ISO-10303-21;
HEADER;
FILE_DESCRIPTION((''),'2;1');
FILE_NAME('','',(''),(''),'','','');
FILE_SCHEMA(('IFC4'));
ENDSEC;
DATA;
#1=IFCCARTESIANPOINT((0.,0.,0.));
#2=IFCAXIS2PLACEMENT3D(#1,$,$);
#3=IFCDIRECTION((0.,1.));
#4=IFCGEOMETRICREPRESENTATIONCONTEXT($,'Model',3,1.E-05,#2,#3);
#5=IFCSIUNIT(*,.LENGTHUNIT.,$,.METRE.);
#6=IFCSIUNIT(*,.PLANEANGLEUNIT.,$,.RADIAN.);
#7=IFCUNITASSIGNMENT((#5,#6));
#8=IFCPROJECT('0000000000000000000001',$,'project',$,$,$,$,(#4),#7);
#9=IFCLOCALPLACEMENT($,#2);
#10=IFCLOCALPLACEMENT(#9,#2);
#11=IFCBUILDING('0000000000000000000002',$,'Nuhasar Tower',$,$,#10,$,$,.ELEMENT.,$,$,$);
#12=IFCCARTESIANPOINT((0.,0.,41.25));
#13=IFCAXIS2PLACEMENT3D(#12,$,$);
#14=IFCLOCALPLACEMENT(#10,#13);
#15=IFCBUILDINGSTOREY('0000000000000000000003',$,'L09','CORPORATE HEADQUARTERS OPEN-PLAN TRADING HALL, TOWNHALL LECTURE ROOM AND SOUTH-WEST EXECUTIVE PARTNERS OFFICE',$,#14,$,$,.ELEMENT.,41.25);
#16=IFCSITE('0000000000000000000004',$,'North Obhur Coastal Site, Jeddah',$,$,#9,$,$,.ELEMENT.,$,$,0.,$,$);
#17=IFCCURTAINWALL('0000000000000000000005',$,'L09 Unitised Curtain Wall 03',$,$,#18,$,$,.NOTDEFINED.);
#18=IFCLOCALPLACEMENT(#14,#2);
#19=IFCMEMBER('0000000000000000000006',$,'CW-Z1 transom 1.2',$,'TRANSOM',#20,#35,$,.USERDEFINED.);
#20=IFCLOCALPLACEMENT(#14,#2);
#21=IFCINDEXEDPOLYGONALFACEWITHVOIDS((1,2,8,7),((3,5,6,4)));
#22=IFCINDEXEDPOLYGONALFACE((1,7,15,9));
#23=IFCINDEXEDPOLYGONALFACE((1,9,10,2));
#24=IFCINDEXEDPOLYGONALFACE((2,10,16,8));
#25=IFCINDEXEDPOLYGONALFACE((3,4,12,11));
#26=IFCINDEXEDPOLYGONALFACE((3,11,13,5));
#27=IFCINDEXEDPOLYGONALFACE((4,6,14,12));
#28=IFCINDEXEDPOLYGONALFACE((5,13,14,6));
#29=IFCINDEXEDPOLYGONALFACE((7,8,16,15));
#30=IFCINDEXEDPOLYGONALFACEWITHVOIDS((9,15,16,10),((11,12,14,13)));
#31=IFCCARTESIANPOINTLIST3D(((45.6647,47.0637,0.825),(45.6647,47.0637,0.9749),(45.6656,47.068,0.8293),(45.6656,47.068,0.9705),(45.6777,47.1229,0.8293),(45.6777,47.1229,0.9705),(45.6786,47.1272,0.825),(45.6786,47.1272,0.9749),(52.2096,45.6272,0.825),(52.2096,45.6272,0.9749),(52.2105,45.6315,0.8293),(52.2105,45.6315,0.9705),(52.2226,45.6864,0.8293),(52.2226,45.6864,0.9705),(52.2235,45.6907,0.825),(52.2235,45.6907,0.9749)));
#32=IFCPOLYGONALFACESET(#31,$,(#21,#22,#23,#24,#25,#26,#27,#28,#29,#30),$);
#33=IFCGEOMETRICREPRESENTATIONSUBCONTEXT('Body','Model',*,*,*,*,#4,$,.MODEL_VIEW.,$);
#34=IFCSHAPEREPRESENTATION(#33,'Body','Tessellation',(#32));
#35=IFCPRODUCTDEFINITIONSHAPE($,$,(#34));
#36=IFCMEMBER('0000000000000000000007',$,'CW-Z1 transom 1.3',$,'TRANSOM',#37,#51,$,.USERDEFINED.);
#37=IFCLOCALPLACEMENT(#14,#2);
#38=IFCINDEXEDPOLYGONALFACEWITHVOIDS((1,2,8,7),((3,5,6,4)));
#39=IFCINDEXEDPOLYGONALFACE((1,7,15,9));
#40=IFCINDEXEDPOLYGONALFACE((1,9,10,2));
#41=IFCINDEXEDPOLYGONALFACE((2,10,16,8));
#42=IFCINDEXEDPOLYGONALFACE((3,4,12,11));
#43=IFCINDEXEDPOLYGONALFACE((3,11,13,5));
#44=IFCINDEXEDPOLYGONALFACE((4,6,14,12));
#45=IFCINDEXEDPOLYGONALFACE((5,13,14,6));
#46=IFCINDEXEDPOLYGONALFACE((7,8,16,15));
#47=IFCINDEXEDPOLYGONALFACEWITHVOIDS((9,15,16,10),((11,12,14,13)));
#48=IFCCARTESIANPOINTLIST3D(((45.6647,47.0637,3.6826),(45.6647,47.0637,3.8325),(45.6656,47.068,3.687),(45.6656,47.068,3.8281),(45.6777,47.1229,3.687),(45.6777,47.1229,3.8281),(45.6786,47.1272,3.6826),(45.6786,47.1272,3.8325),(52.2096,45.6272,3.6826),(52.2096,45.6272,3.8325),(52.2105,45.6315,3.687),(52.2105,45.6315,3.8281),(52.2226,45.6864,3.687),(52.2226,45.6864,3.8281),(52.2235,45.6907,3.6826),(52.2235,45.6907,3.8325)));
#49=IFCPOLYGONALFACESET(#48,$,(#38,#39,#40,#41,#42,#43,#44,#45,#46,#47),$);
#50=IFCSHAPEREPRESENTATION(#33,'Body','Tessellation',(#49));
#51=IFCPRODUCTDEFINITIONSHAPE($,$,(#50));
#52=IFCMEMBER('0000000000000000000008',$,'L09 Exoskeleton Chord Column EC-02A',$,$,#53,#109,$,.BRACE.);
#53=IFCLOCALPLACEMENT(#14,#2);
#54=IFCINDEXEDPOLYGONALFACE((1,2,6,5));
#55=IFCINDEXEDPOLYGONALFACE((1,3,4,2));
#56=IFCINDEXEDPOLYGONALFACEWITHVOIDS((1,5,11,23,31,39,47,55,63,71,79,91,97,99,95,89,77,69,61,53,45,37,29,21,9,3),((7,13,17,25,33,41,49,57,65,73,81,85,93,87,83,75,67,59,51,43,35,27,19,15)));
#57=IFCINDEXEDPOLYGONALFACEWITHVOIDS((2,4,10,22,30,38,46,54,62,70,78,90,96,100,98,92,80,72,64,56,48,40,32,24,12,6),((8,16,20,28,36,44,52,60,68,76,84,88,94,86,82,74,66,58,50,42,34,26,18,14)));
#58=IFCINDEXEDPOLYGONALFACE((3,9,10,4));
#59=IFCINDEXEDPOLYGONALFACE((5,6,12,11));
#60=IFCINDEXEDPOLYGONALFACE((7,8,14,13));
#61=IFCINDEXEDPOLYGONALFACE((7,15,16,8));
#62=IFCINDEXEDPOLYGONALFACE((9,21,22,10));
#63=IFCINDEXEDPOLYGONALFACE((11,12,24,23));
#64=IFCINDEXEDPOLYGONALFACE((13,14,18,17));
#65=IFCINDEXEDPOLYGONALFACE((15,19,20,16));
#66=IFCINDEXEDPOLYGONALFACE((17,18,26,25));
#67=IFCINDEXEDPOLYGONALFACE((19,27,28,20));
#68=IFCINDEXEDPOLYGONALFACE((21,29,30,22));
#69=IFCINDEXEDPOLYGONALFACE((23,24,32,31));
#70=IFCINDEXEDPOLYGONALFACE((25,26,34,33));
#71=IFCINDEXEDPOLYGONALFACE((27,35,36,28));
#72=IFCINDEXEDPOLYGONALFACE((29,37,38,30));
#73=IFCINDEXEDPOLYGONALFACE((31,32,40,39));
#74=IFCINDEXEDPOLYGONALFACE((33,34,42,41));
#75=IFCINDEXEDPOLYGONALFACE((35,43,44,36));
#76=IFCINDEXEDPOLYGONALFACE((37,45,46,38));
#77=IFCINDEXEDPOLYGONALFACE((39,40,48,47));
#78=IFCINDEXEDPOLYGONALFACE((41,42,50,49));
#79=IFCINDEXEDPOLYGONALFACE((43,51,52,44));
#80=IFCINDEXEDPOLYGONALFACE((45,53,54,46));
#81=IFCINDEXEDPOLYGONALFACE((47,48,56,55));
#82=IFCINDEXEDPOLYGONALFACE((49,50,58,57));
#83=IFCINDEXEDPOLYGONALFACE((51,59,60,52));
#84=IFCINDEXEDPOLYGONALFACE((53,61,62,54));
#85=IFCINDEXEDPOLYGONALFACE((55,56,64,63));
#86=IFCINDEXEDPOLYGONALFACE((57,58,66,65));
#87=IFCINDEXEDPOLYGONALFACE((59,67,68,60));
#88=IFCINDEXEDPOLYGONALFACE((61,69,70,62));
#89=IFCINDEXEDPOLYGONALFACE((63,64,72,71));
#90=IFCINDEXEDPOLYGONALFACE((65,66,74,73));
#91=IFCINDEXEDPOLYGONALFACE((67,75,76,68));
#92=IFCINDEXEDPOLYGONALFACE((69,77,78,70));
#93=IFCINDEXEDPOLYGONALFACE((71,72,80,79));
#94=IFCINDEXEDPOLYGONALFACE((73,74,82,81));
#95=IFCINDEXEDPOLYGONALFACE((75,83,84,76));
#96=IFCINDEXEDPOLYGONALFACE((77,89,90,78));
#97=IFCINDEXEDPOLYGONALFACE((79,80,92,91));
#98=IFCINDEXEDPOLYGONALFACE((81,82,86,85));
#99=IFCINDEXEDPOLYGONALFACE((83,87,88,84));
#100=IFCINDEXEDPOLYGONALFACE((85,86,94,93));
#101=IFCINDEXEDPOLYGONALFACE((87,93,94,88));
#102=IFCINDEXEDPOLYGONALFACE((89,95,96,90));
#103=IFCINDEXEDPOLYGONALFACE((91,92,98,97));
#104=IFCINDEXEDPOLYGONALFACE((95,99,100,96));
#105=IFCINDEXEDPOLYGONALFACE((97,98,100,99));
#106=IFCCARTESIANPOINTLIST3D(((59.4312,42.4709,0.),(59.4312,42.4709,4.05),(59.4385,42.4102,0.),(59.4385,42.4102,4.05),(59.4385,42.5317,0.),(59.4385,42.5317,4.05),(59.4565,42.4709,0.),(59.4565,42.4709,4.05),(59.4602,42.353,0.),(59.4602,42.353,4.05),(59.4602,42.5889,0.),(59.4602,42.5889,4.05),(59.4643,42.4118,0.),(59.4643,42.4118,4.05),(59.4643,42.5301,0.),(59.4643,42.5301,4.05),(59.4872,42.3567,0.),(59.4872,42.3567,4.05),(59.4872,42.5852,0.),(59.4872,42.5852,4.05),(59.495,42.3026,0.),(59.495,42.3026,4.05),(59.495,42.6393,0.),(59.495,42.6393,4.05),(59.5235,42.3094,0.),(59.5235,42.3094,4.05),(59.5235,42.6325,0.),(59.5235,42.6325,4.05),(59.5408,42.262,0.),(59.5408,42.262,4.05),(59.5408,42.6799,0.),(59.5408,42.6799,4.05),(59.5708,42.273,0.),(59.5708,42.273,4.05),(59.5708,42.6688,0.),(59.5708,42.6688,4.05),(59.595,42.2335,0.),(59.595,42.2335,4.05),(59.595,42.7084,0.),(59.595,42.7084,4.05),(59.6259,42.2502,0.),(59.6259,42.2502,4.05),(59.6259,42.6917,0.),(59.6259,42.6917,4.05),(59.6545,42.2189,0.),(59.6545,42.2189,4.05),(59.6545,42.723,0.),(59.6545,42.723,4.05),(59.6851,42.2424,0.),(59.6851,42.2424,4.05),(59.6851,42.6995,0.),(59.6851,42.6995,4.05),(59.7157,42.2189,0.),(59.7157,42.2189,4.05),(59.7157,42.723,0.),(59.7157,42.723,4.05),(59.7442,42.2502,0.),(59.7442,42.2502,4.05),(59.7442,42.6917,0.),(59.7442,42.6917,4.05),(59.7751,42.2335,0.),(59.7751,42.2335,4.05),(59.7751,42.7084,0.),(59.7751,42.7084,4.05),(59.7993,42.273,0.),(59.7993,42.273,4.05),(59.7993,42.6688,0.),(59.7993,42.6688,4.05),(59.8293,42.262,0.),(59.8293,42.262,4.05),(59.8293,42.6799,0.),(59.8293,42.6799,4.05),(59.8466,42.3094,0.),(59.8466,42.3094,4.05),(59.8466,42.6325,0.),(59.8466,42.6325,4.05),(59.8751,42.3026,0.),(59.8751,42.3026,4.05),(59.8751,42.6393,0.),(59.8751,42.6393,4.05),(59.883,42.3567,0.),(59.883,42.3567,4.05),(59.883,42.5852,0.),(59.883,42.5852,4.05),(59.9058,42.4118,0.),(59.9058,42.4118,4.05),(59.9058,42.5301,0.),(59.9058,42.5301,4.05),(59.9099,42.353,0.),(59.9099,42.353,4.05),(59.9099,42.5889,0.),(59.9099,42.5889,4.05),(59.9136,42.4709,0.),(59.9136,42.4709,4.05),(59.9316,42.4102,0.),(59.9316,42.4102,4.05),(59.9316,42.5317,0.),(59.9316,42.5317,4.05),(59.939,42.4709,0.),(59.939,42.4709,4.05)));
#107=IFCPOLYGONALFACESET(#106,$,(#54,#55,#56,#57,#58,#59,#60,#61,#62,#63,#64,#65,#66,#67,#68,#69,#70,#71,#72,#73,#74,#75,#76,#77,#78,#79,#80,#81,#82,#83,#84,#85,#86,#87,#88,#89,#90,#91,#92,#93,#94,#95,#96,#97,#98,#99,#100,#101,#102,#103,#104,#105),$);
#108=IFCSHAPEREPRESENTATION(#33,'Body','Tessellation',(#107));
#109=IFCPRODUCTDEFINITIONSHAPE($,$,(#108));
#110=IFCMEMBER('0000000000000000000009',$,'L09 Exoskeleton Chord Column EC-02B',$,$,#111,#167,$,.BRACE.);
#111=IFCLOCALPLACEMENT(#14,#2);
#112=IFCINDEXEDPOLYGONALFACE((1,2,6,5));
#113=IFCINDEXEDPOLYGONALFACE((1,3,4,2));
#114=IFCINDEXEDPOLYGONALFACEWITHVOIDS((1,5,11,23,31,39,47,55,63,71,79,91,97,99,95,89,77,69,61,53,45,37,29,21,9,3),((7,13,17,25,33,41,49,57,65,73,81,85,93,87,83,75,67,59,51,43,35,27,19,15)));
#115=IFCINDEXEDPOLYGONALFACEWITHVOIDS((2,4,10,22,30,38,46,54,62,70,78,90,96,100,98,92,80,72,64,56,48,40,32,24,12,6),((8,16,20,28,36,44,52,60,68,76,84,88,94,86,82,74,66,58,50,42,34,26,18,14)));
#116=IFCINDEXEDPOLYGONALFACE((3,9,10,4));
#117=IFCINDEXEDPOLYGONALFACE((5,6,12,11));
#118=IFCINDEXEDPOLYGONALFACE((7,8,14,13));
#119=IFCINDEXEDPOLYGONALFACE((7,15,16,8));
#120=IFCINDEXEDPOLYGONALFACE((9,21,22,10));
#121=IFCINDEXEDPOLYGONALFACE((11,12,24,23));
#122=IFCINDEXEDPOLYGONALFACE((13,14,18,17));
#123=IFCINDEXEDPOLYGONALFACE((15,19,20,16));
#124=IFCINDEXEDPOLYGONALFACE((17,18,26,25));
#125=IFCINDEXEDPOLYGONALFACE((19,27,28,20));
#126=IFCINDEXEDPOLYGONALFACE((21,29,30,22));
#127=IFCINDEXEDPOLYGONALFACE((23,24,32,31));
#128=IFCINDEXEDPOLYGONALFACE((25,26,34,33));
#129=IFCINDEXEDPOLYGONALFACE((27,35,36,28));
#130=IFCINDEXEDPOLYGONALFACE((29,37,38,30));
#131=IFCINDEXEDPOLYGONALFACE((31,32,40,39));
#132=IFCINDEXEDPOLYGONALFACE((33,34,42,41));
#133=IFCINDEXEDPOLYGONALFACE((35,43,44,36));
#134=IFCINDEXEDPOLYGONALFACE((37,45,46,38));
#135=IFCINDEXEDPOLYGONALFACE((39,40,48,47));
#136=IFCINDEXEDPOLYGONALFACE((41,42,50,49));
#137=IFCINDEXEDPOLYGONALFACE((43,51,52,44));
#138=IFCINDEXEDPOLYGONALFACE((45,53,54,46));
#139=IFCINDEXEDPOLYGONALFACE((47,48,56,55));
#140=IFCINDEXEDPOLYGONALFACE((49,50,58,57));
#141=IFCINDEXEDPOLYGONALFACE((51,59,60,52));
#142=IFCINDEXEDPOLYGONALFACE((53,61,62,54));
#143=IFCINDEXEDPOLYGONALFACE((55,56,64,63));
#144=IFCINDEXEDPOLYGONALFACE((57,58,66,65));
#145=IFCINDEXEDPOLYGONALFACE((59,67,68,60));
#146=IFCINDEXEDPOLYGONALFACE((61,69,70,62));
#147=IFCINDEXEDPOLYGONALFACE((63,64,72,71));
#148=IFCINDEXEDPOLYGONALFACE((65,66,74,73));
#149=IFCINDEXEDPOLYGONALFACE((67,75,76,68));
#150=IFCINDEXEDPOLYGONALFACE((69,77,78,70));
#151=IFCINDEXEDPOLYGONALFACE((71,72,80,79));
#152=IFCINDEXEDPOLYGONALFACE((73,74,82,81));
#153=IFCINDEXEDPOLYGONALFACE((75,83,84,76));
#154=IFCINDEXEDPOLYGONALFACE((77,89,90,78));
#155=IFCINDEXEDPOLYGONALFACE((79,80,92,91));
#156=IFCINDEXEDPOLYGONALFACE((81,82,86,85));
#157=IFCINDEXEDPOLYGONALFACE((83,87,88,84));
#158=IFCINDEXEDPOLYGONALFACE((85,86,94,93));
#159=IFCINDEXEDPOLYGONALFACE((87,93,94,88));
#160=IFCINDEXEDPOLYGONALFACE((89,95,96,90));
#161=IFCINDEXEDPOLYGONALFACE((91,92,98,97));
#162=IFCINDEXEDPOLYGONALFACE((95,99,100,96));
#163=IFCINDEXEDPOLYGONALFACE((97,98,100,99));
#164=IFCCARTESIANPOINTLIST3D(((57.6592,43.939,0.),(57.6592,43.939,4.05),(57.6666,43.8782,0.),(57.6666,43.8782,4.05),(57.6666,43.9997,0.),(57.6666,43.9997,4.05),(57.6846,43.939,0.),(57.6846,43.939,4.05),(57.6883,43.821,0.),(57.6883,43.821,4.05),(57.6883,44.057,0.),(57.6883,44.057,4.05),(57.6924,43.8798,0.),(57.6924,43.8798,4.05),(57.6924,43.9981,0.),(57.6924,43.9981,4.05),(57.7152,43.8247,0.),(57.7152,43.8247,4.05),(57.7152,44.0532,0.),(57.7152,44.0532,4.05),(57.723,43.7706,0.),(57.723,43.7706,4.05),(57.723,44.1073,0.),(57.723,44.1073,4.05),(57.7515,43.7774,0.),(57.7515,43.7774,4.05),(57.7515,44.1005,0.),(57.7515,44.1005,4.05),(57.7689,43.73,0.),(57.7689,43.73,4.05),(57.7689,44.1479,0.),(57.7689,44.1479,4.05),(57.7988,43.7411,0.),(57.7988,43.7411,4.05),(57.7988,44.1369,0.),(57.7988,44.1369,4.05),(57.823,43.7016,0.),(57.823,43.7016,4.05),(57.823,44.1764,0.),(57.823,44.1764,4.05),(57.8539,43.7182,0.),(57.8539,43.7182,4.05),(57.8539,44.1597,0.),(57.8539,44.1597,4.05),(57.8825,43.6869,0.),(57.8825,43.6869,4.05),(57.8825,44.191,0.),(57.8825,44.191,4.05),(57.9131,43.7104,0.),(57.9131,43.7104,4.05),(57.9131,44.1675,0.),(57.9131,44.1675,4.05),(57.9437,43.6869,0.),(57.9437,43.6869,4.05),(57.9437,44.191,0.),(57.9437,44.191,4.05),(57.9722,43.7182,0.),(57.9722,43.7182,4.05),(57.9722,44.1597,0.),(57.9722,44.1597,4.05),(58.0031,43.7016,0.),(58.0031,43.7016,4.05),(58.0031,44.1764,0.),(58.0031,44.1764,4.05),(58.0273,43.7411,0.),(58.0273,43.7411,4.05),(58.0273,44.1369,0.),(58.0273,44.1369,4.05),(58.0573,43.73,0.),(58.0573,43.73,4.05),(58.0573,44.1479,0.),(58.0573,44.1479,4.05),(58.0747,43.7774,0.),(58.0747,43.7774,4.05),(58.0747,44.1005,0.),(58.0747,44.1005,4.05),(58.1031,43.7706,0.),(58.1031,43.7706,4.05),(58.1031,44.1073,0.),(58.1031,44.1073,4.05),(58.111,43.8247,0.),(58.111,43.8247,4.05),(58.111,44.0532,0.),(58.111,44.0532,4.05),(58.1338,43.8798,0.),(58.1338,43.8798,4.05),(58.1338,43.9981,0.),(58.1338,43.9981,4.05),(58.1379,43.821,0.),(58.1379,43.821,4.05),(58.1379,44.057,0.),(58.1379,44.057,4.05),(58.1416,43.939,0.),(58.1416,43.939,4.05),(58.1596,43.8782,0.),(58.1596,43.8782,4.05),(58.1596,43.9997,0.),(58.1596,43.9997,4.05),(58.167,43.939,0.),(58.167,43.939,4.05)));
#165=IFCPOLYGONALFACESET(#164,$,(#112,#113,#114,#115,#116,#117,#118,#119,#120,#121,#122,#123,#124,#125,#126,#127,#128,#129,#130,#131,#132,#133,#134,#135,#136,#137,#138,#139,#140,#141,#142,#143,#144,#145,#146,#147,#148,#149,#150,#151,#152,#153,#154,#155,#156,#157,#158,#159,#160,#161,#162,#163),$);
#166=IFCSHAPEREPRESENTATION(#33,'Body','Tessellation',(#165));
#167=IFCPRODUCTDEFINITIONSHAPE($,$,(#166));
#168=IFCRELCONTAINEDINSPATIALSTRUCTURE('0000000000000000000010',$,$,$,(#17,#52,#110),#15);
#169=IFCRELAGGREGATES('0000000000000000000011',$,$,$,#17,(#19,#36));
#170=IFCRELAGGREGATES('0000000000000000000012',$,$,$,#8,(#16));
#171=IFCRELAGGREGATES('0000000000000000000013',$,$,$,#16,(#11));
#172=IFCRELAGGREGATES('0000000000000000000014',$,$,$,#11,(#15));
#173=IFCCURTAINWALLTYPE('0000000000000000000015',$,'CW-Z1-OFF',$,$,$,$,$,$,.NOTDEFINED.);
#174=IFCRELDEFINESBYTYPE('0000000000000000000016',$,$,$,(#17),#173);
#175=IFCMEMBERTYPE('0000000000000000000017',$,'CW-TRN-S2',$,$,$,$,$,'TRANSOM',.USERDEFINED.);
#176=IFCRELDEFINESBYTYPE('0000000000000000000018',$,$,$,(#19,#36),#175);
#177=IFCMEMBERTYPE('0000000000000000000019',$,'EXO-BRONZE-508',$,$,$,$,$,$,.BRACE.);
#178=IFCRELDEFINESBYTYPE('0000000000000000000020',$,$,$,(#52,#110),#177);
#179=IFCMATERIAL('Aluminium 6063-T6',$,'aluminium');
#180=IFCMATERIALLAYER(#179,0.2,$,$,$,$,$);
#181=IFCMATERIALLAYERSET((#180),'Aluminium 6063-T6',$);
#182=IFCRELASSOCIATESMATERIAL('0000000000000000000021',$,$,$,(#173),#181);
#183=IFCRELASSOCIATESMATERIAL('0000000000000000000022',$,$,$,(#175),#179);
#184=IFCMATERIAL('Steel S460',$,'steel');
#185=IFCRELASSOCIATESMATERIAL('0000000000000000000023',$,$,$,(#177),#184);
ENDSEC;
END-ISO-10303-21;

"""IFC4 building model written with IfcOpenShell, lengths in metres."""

from ifc_helpers import new_model, si_unit, direction, frame, origin, origin_2d, place, context, subcontext, project, spatial, hollow_rectangle, hollow_circle, extrude, material, layer, layer_set, material_profile, profile_set, type_object, element, aggregate, save


model = new_model("IFC4")

# Units and contexts
model_context = context("Model", 3, precision=1e-05, world=origin(), true_north=direction((0.0, 1.0)))
body_context = subcontext(model_context, "Body", "Model", "MODEL_VIEW")
ifc_project = project(units=[si_unit("LENGTHUNIT", "METRE"), si_unit("PLANEANGLEUNIT", "RADIAN")], contexts=[model_context])

# Site, building, storey
site_placement = place(None, origin())
site = spatial("IfcSite", under=ifc_project, at=site_placement, Name="North Obhur Coastal Site, Jeddah", CompositionType="ELEMENT", RefElevation=0.0)
building_placement = place(site_placement, origin())
building = spatial("IfcBuilding", under=site, at=building_placement, Name="Nuhasar Tower", CompositionType="ELEMENT")
storey_placement = place(building_placement, frame((0.0, 0.0, 41.25)))
storey = spatial("IfcBuildingStorey", under=building, at=storey_placement, Name="L09", Description="CORPORATE HEADQUARTERS OPEN-PLAN TRADING HALL, TOWNHALL LECTURE ROOM AND SOUTH-WEST EXECUTIVE PARTNERS OFFICE", CompositionType="ELEMENT", Elevation=41.25)

# Shared definitions
ifc_material_1 = material(Name="Aluminium 6063-T6", Category="aluminium")
ifc_layer_1 = layer(ifc_material_1, 0.2)
ifc_layer_set_1 = layer_set([ifc_layer_1], Name="Aluminium 6063-T6")
curtain_wall_type = type_object("IfcCurtainWallType", Name="CW-Z1-OFF", PredefinedType="NOTDEFINED", material=ifc_layer_set_1)

# Curtain wall
curtain_wall_1_placement = place(storey_placement, origin())
curtain_wall_1 = element("IfcCurtainWall", 1, at=curtain_wall_1_placement, inside=storey, type_object=curtain_wall_type, Name="L09 Unitised Curtain Wall 03", PredefinedType="NOTDEFINED")

# Members
ifc_material_profile_1 = material_profile(ifc_material_1, hollow_rectangle(XDim=0.0649, YDim=0.1499, WallThickness=0.0044, at=origin_2d()), Name="CWT-2")
ifc_profile_set_1 = profile_set([ifc_material_profile_1], Name="Aluminium 6063-T6")
member_type_1 = type_object("IfcMemberType", Name="CW-TRN-S2", ElementType="TRANSOM", PredefinedType="USERDEFINED", material=ifc_profile_set_1)
member_1_placement = place(storey_placement, frame((52.2166, 45.6589, 0.8999), z_axis=(-0.97675, 0.214384, 0.0), x_axis=(-0.214384, -0.97675, 0.0)))
member_1 = element("IfcMember", 2, at=member_1_placement, type_object=member_type_1, Name="CW-Z1 transom 1.2", ObjectType="TRANSOM", PredefinedType="USERDEFINED", context=body_context, shape_type="SweptSolid", body=[
    extrude(hollow_rectangle(XDim=0.0649, YDim=0.1499, WallThickness=0.0044, at=origin_2d()), origin(), (0.0, 0.0, 1.0), 6.7007),
])
member_2_placement = place(storey_placement, frame((52.2166, 45.6589, 3.7576), z_axis=(-0.97675, 0.214384, 0.0), x_axis=(-0.214384, -0.97675, 0.0)))
member_2 = element("IfcMember", 3, at=member_2_placement, type_object=member_type_1, Name="CW-Z1 transom 1.3", ObjectType="TRANSOM", PredefinedType="USERDEFINED", context=body_context, shape_type="SweptSolid", body=[
    extrude(hollow_rectangle(XDim=0.0649, YDim=0.1499, WallThickness=0.0044, at=origin_2d()), origin(), (0.0, 0.0, 1.0), 6.7007),
])

# Members
ifc_material_2 = material(Name="Steel S460", Category="steel")
ifc_material_profile_2 = material_profile(ifc_material_2, hollow_circle(Radius=0.2539, WallThickness=0.0254, at=origin_2d()), Name="HSS508X25.4")
ifc_profile_set_2 = profile_set([ifc_material_profile_2], Name="Steel S460")
member_type_2 = type_object("IfcMemberType", Name="EXO-BRONZE-508", PredefinedType="BRACE", material=ifc_profile_set_2)
for number, where, z_axis, x_axis, name in (
    (4, (59.6851, 42.4709, 0.0), (0.0, 0.0, 1.0), (1.0, 0.0, 0.0), "L09 Exoskeleton Chord Column EC-02A"),
    (5, (57.9131, 43.939, 0.0), (0.0, 0.0, 1.0), (1.0, 0.0, 0.0), "L09 Exoskeleton Chord Column EC-02B"),
):
    element("IfcMember", number, at=place(storey_placement, frame(where, z_axis=z_axis, x_axis=x_axis)), inside=storey, type_object=member_type_2, Name=name, PredefinedType="BRACE", context=body_context, shape_type="SweptSolid", body=[
        extrude(hollow_circle(Radius=0.2539, WallThickness=0.0254, at=origin_2d()), origin(), (0.0, 0.0, 1.0), 4.05),
    ])

aggregate(curtain_wall_1, [member_1, member_2])

save(model, "model.ifc")
